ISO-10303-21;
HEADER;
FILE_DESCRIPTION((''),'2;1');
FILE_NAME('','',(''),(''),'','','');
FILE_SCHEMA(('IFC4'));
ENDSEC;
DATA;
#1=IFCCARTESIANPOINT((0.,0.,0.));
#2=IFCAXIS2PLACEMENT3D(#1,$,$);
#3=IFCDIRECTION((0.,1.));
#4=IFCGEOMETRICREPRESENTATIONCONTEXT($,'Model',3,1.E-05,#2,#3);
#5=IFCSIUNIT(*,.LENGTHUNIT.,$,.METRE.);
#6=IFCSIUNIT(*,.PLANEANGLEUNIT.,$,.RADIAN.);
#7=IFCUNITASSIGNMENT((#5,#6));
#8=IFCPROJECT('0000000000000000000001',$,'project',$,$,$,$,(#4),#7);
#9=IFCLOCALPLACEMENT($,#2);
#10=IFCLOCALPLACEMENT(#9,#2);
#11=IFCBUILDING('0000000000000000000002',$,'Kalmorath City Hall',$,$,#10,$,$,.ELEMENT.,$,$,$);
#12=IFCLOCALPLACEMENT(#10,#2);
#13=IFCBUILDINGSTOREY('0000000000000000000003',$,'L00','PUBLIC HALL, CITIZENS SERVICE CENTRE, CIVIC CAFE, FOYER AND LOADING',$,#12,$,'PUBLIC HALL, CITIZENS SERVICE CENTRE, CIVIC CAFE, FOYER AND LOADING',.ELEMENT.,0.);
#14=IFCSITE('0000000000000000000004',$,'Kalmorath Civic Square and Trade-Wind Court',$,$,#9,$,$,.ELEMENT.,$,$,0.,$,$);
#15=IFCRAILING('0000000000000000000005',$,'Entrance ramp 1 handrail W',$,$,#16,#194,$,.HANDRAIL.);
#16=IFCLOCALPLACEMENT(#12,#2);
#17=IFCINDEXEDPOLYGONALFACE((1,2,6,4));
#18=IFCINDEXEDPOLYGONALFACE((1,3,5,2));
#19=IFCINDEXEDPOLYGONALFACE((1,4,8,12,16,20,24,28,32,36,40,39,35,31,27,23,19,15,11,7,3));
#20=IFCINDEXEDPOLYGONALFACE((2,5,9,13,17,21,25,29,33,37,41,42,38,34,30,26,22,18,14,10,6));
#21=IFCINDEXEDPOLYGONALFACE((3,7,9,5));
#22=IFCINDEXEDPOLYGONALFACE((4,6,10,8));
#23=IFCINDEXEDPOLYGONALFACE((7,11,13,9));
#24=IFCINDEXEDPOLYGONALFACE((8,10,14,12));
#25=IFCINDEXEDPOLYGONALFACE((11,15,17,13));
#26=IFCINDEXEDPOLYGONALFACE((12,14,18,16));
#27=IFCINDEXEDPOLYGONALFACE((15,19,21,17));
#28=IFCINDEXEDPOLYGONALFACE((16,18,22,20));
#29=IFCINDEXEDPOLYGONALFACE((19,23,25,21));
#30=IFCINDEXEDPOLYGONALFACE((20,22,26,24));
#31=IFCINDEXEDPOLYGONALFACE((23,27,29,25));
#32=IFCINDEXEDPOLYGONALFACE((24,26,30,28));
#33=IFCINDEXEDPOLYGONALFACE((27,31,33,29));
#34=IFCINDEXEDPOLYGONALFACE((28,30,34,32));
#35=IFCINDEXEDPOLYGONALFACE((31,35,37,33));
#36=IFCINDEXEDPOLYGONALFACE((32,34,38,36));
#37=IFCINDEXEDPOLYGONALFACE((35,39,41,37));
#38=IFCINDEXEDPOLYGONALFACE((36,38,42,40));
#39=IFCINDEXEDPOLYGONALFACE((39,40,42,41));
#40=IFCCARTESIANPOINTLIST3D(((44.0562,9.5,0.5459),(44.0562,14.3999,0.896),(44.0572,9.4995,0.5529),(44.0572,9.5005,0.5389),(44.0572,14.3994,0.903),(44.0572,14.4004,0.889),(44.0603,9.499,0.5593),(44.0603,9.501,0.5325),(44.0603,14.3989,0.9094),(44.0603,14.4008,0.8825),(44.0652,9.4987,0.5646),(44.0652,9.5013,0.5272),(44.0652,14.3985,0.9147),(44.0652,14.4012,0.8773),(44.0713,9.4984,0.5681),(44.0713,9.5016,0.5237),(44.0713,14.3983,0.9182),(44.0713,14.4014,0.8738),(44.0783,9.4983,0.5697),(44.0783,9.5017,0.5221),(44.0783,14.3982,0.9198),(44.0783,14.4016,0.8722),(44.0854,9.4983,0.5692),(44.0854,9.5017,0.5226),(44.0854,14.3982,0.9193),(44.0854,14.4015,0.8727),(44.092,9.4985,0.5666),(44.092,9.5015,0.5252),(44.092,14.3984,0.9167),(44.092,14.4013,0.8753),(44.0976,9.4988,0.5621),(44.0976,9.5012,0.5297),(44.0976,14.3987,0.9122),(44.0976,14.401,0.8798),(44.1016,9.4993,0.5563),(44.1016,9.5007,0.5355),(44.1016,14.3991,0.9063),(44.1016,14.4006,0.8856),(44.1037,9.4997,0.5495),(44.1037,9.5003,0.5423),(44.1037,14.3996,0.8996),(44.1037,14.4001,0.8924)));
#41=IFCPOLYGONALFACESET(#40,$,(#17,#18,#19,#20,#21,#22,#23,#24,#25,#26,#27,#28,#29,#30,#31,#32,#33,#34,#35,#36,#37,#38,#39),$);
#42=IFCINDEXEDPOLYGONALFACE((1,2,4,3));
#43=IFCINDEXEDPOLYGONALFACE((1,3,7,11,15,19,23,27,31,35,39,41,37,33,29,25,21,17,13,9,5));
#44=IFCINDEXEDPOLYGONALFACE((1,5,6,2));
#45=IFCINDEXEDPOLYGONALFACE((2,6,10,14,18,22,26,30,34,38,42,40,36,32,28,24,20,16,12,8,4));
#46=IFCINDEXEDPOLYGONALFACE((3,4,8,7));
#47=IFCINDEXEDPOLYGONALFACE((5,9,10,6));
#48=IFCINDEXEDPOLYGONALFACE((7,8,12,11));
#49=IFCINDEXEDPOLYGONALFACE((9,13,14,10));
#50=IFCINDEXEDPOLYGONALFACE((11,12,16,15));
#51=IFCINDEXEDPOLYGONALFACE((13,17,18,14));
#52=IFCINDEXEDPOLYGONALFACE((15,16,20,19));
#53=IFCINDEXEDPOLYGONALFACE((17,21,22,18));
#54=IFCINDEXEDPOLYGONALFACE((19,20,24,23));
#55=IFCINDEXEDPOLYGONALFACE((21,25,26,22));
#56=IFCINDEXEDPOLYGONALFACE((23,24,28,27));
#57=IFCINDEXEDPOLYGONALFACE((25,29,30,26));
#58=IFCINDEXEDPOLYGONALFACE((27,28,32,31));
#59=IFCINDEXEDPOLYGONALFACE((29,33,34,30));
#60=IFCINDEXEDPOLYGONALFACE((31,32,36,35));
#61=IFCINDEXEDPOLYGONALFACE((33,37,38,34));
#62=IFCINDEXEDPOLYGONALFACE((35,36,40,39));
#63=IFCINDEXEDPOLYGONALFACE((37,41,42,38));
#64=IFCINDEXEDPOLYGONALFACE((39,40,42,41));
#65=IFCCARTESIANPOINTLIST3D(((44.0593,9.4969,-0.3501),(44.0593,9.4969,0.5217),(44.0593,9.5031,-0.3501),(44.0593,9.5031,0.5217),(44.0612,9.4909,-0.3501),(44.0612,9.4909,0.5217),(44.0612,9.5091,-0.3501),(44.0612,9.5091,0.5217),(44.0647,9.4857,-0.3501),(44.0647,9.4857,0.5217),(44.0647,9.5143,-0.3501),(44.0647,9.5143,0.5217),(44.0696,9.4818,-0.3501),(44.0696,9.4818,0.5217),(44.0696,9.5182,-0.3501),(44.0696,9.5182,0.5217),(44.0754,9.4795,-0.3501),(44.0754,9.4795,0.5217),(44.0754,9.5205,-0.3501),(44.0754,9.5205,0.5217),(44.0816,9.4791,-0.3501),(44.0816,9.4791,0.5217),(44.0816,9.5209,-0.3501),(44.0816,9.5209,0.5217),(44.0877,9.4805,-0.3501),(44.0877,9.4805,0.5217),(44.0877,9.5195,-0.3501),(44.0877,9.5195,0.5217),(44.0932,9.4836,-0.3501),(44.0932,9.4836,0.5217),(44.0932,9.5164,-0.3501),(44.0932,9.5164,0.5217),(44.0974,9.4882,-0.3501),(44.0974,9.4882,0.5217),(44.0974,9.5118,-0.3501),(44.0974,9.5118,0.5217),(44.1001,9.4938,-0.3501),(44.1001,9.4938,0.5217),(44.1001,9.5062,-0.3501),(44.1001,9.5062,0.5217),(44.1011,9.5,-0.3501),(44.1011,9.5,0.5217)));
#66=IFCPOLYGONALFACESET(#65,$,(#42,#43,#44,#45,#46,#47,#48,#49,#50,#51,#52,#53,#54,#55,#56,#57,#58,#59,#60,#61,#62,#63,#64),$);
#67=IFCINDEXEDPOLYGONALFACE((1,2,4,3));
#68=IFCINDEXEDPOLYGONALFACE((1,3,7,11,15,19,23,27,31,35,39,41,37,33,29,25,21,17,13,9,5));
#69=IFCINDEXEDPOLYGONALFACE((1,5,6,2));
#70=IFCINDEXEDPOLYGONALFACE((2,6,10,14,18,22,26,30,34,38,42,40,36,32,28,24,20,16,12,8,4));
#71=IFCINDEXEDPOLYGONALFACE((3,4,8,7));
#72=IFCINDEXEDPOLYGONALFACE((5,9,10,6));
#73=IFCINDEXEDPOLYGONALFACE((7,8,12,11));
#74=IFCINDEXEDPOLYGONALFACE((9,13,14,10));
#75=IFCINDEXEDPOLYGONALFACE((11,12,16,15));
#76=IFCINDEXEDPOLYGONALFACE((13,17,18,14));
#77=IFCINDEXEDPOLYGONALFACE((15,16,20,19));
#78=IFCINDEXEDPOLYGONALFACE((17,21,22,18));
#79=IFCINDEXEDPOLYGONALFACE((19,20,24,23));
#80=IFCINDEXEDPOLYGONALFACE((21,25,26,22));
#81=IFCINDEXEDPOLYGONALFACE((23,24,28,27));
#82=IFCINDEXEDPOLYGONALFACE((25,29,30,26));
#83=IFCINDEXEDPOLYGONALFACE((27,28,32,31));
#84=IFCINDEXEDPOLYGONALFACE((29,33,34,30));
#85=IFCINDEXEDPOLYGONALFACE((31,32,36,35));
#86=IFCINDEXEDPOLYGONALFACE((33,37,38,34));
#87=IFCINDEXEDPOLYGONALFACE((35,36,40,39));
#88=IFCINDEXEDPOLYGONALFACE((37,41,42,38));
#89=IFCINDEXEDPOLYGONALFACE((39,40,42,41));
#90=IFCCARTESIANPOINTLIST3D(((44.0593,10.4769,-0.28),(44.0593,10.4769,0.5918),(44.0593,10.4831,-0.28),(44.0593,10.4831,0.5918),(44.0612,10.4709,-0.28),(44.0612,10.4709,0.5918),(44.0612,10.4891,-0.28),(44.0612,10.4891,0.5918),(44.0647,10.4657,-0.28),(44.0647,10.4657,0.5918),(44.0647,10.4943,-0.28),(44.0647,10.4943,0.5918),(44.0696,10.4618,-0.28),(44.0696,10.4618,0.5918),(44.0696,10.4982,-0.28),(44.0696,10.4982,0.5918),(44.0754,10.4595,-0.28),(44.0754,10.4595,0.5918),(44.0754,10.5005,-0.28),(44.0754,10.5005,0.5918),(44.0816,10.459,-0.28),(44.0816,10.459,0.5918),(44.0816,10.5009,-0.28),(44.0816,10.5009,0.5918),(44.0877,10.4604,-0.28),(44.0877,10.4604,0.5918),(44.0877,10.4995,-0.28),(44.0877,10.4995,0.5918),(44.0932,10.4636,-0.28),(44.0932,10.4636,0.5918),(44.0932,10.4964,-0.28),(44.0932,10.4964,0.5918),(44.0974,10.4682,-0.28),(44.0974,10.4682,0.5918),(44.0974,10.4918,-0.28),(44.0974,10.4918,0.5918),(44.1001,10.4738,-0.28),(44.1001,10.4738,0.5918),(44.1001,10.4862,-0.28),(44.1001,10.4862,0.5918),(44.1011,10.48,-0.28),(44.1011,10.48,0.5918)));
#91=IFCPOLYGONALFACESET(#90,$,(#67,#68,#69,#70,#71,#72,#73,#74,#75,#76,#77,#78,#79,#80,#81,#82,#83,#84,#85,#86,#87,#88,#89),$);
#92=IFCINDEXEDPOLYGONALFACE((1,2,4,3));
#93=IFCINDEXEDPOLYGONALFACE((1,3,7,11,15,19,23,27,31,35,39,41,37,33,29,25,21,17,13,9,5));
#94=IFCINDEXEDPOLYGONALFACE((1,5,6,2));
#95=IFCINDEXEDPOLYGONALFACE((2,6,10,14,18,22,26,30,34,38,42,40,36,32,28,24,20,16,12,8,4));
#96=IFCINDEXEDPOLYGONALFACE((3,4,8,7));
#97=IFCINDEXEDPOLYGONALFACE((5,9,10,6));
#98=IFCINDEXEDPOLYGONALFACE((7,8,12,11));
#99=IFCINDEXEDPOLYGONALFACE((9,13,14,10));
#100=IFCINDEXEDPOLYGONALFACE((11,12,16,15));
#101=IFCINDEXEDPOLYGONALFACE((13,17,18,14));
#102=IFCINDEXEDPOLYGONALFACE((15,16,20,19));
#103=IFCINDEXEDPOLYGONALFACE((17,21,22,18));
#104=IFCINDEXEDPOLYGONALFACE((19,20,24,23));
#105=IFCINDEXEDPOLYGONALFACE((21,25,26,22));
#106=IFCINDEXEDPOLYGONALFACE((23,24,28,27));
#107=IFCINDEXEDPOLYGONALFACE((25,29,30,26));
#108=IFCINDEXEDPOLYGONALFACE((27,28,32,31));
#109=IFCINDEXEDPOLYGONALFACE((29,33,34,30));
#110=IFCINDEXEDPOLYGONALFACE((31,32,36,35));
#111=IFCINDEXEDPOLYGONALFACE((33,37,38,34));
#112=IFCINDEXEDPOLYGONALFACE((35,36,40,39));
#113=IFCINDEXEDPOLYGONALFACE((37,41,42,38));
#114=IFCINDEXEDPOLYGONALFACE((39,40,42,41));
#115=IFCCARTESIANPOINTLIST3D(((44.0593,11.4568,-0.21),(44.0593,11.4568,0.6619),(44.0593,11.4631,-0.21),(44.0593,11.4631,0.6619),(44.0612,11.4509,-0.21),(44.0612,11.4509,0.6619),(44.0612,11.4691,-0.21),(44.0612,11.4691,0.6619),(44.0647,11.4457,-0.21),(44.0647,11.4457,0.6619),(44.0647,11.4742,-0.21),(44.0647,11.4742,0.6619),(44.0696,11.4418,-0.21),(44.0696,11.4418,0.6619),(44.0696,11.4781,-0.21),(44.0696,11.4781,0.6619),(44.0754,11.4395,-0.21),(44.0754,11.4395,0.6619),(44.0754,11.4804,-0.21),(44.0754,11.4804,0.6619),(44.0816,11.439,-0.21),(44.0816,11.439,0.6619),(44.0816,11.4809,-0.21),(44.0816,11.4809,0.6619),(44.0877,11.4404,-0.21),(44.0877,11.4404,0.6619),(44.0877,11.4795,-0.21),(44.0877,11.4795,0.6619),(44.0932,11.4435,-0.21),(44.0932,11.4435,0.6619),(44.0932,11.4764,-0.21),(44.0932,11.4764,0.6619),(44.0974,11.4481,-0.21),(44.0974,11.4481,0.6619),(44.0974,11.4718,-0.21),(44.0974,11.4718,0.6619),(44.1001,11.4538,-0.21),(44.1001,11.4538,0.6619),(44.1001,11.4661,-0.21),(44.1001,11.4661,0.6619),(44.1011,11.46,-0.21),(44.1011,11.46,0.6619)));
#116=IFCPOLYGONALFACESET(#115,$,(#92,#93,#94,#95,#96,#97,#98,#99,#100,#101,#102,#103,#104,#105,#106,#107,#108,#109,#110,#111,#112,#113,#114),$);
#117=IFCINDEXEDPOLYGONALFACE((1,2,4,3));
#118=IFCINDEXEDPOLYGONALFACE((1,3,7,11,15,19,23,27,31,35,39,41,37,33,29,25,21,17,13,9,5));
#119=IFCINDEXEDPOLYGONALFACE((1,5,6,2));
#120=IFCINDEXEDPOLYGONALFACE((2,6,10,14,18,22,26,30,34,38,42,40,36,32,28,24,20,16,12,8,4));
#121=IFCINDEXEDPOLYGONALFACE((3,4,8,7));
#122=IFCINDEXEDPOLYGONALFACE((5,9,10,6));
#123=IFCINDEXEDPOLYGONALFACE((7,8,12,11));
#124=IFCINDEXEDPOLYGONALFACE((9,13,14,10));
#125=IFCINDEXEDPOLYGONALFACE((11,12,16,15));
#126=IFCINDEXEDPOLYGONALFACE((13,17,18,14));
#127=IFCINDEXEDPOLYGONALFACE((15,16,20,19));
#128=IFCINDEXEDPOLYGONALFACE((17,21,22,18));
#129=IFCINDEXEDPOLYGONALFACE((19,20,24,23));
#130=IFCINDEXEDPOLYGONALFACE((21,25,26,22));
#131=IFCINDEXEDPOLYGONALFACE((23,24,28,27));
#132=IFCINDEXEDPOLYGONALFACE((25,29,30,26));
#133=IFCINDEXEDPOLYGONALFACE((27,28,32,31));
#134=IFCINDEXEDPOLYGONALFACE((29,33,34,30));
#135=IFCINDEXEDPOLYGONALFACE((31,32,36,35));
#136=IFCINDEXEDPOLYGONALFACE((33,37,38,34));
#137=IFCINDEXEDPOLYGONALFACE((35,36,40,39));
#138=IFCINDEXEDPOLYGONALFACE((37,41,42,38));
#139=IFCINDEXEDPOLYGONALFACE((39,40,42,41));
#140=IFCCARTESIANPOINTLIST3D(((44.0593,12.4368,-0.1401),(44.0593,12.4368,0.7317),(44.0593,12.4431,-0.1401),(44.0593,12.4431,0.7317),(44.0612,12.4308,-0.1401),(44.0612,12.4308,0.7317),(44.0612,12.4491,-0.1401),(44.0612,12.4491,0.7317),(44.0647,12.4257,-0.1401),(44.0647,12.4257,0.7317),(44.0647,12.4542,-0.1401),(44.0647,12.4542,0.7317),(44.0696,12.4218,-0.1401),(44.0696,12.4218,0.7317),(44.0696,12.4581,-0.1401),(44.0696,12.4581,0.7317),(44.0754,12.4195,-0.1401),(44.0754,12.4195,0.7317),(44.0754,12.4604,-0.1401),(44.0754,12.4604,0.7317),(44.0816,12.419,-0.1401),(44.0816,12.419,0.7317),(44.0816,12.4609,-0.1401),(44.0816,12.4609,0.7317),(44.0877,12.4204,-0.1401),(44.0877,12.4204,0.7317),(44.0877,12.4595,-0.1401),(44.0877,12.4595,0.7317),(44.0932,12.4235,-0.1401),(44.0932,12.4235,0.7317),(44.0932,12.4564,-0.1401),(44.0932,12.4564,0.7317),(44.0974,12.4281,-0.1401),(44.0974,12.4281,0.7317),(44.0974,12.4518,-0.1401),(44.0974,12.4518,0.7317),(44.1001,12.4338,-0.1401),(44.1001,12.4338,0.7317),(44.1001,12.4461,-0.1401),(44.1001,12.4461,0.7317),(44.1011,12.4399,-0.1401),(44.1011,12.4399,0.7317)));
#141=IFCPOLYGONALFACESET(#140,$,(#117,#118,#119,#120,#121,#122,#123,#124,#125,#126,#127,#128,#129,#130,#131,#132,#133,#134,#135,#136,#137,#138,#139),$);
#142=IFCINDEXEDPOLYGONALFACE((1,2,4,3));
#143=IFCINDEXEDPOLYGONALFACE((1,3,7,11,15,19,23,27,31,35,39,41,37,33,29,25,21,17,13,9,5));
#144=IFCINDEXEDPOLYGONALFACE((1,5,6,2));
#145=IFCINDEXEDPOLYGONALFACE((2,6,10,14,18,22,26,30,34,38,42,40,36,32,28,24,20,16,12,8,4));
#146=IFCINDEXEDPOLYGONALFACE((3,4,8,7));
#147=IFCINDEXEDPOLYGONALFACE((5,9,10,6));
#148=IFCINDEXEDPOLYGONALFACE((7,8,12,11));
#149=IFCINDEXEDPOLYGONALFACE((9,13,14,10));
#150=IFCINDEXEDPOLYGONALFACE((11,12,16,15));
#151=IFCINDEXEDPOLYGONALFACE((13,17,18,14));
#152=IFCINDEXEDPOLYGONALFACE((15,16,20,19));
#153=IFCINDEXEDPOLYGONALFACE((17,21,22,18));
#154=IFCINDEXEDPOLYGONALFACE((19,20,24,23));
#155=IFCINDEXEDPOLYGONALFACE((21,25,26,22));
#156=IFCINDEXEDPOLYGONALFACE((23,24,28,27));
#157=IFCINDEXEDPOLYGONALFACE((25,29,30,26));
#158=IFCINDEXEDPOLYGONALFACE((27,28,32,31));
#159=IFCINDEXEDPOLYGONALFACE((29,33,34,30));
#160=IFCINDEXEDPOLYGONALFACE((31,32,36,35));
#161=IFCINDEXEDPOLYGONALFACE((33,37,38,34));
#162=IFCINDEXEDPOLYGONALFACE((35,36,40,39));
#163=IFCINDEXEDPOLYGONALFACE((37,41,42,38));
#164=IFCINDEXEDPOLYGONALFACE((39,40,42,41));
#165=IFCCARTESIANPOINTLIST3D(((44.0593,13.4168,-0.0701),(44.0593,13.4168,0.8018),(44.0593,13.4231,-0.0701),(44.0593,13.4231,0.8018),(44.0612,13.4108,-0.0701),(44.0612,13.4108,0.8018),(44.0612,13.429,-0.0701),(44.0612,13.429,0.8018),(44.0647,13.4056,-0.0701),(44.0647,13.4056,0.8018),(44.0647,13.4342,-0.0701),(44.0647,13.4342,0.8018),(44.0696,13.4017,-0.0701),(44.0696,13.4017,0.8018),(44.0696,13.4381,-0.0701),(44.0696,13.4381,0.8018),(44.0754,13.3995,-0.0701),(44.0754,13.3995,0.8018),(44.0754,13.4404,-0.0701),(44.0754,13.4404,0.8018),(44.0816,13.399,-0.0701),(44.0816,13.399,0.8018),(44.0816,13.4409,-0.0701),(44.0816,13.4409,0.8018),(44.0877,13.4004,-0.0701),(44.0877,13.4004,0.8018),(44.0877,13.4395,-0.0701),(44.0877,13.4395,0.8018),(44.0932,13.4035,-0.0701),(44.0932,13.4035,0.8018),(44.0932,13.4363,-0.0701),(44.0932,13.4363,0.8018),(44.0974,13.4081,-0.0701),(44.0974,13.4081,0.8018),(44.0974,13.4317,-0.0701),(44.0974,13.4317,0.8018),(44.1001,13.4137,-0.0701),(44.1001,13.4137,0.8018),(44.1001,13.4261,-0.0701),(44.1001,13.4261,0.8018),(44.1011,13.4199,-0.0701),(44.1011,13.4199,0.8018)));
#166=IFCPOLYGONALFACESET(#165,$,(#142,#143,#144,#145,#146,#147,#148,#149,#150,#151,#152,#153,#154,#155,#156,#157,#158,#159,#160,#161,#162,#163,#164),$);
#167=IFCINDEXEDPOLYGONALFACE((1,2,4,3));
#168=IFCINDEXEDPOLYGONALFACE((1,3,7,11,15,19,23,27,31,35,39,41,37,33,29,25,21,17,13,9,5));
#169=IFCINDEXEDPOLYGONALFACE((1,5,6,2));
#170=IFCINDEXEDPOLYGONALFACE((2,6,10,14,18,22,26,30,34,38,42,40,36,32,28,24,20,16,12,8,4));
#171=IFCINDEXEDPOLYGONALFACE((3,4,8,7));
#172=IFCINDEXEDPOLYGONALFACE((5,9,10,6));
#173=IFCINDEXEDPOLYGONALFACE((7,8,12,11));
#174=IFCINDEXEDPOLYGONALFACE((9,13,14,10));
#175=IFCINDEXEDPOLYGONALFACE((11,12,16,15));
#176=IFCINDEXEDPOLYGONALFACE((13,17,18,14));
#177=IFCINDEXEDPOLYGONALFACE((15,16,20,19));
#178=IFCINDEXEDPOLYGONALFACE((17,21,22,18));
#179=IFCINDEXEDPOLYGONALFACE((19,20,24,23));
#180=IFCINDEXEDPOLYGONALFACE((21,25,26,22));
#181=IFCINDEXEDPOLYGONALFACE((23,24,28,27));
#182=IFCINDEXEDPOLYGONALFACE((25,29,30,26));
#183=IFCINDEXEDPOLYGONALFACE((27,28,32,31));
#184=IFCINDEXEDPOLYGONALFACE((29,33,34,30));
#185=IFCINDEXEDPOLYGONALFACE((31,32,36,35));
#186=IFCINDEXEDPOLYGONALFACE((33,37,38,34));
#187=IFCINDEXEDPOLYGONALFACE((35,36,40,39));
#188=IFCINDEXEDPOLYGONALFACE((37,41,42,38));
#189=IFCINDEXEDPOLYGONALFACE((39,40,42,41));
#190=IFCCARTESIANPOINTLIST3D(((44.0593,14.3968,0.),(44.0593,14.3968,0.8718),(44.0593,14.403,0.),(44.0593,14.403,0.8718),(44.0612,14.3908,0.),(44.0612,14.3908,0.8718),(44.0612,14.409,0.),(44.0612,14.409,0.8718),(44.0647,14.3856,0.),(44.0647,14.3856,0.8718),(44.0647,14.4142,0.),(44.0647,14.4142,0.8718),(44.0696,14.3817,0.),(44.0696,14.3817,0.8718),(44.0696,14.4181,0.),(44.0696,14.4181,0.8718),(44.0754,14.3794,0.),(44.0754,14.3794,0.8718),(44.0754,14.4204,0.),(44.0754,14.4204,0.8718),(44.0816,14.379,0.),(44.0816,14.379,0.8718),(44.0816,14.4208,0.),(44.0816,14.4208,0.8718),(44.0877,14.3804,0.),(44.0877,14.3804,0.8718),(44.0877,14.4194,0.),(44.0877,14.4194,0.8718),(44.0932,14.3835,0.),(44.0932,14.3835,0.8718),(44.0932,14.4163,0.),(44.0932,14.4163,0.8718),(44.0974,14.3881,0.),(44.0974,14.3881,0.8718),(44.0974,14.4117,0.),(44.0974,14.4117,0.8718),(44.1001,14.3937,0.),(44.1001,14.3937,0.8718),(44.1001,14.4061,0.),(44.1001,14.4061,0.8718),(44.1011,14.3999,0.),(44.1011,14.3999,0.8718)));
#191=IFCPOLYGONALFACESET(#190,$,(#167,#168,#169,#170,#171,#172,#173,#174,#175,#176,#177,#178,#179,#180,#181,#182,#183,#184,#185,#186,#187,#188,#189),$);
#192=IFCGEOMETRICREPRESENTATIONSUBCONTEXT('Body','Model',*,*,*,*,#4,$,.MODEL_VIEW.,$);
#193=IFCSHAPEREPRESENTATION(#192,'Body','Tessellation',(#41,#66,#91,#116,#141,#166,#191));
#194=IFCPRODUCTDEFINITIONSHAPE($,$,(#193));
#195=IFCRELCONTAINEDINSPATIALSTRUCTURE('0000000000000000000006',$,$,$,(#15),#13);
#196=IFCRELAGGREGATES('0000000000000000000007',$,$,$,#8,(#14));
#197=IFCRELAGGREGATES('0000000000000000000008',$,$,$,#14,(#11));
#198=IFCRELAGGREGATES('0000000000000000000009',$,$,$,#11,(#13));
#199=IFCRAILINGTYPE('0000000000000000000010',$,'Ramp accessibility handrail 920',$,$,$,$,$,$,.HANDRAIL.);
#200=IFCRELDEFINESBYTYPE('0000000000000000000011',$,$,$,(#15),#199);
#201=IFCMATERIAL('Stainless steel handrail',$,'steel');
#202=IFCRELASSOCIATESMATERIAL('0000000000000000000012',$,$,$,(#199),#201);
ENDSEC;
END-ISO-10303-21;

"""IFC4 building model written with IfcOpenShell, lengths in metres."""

from ifc_helpers import new_model, si_unit, direction, frame, origin, origin_2d, place, context, subcontext, project, spatial, circle, extrude, material, type_object, element, save


model = new_model("IFC4")

# Units and contexts
model_context = context("Model", 3, precision=1e-05, world=origin(), true_north=direction((0.0, 1.0)))
body_context = subcontext(model_context, "Body", "Model", "MODEL_VIEW")
ifc_project = project(units=[si_unit("LENGTHUNIT", "METRE"), si_unit("PLANEANGLEUNIT", "RADIAN")], contexts=[model_context])

# Site, building, storey
site_placement = place(None, origin())
site = spatial("IfcSite", under=ifc_project, at=site_placement, Name="Kalmorath Civic Square and Trade-Wind Court", CompositionType="ELEMENT", RefElevation=0.0)
building_placement = place(site_placement, origin())
building = spatial("IfcBuilding", under=site, at=building_placement, Name="Kalmorath City Hall", CompositionType="ELEMENT")
storey_placement = place(building_placement, origin())
storey = spatial("IfcBuildingStorey", under=building, at=storey_placement, Name="L00", Description="PUBLIC HALL, CITIZENS SERVICE CENTRE, CIVIC CAFE, FOYER AND LOADING", LongName="PUBLIC HALL, CITIZENS SERVICE CENTRE, CIVIC CAFE, FOYER AND LOADING", CompositionType="ELEMENT", Elevation=0.0)

# Railing
ifc_material_1 = material(Name="Stainless steel handrail", Category="steel")
railing_type = type_object("IfcRailingType", Name="Ramp accessibility handrail 920", PredefinedType="HANDRAIL", material=ifc_material_1)
for number, where, name in (
    (1, (44.0801, 9.5, -0.3501), "Entrance ramp 1 handrail W"),
):
    element("IfcRailing", number, at=place(storey_placement, frame(where)), inside=storey, type_object=railing_type, Name=name, PredefinedType="HANDRAIL", context=body_context, shape_type="SweptSolid", body=[
        extrude(circle(Radius=0.0239, at=origin_2d()), frame((0.0, 0.0, 0.896), z_axis=(0.0, 0.997457, 0.071268), x_axis=(-1.0, 0.0, 0.0)), (0.0, 0.0, 1.0), 4.9124),
        extrude(circle(Radius=0.021, at=origin_2d()), origin(), (0.0, 0.0, 1.0), 0.8718),
        extrude(circle(Radius=0.021, at=origin_2d()), frame((0.0, 0.98, 0.0701)), (0.0, 0.0, 1.0), 0.8718),
        extrude(circle(Radius=0.021, at=origin_2d()), frame((0.0, 1.96, 0.1401)), (0.0, 0.0, 1.0), 0.8718),
        extrude(circle(Radius=0.021, at=origin_2d()), frame((0.0, 2.9399, 0.21)), (0.0, 0.0, 1.0), 0.8718),
        extrude(circle(Radius=0.021, at=origin_2d()), frame((0.0, 3.9199, 0.28)), (0.0, 0.0, 1.0), 0.8718),
        extrude(circle(Radius=0.021, at=origin_2d()), frame((0.0, 4.8999, 0.3501)), (0.0, 0.0, 1.0), 0.8718),
    ])

save(model, "model.ifc")
